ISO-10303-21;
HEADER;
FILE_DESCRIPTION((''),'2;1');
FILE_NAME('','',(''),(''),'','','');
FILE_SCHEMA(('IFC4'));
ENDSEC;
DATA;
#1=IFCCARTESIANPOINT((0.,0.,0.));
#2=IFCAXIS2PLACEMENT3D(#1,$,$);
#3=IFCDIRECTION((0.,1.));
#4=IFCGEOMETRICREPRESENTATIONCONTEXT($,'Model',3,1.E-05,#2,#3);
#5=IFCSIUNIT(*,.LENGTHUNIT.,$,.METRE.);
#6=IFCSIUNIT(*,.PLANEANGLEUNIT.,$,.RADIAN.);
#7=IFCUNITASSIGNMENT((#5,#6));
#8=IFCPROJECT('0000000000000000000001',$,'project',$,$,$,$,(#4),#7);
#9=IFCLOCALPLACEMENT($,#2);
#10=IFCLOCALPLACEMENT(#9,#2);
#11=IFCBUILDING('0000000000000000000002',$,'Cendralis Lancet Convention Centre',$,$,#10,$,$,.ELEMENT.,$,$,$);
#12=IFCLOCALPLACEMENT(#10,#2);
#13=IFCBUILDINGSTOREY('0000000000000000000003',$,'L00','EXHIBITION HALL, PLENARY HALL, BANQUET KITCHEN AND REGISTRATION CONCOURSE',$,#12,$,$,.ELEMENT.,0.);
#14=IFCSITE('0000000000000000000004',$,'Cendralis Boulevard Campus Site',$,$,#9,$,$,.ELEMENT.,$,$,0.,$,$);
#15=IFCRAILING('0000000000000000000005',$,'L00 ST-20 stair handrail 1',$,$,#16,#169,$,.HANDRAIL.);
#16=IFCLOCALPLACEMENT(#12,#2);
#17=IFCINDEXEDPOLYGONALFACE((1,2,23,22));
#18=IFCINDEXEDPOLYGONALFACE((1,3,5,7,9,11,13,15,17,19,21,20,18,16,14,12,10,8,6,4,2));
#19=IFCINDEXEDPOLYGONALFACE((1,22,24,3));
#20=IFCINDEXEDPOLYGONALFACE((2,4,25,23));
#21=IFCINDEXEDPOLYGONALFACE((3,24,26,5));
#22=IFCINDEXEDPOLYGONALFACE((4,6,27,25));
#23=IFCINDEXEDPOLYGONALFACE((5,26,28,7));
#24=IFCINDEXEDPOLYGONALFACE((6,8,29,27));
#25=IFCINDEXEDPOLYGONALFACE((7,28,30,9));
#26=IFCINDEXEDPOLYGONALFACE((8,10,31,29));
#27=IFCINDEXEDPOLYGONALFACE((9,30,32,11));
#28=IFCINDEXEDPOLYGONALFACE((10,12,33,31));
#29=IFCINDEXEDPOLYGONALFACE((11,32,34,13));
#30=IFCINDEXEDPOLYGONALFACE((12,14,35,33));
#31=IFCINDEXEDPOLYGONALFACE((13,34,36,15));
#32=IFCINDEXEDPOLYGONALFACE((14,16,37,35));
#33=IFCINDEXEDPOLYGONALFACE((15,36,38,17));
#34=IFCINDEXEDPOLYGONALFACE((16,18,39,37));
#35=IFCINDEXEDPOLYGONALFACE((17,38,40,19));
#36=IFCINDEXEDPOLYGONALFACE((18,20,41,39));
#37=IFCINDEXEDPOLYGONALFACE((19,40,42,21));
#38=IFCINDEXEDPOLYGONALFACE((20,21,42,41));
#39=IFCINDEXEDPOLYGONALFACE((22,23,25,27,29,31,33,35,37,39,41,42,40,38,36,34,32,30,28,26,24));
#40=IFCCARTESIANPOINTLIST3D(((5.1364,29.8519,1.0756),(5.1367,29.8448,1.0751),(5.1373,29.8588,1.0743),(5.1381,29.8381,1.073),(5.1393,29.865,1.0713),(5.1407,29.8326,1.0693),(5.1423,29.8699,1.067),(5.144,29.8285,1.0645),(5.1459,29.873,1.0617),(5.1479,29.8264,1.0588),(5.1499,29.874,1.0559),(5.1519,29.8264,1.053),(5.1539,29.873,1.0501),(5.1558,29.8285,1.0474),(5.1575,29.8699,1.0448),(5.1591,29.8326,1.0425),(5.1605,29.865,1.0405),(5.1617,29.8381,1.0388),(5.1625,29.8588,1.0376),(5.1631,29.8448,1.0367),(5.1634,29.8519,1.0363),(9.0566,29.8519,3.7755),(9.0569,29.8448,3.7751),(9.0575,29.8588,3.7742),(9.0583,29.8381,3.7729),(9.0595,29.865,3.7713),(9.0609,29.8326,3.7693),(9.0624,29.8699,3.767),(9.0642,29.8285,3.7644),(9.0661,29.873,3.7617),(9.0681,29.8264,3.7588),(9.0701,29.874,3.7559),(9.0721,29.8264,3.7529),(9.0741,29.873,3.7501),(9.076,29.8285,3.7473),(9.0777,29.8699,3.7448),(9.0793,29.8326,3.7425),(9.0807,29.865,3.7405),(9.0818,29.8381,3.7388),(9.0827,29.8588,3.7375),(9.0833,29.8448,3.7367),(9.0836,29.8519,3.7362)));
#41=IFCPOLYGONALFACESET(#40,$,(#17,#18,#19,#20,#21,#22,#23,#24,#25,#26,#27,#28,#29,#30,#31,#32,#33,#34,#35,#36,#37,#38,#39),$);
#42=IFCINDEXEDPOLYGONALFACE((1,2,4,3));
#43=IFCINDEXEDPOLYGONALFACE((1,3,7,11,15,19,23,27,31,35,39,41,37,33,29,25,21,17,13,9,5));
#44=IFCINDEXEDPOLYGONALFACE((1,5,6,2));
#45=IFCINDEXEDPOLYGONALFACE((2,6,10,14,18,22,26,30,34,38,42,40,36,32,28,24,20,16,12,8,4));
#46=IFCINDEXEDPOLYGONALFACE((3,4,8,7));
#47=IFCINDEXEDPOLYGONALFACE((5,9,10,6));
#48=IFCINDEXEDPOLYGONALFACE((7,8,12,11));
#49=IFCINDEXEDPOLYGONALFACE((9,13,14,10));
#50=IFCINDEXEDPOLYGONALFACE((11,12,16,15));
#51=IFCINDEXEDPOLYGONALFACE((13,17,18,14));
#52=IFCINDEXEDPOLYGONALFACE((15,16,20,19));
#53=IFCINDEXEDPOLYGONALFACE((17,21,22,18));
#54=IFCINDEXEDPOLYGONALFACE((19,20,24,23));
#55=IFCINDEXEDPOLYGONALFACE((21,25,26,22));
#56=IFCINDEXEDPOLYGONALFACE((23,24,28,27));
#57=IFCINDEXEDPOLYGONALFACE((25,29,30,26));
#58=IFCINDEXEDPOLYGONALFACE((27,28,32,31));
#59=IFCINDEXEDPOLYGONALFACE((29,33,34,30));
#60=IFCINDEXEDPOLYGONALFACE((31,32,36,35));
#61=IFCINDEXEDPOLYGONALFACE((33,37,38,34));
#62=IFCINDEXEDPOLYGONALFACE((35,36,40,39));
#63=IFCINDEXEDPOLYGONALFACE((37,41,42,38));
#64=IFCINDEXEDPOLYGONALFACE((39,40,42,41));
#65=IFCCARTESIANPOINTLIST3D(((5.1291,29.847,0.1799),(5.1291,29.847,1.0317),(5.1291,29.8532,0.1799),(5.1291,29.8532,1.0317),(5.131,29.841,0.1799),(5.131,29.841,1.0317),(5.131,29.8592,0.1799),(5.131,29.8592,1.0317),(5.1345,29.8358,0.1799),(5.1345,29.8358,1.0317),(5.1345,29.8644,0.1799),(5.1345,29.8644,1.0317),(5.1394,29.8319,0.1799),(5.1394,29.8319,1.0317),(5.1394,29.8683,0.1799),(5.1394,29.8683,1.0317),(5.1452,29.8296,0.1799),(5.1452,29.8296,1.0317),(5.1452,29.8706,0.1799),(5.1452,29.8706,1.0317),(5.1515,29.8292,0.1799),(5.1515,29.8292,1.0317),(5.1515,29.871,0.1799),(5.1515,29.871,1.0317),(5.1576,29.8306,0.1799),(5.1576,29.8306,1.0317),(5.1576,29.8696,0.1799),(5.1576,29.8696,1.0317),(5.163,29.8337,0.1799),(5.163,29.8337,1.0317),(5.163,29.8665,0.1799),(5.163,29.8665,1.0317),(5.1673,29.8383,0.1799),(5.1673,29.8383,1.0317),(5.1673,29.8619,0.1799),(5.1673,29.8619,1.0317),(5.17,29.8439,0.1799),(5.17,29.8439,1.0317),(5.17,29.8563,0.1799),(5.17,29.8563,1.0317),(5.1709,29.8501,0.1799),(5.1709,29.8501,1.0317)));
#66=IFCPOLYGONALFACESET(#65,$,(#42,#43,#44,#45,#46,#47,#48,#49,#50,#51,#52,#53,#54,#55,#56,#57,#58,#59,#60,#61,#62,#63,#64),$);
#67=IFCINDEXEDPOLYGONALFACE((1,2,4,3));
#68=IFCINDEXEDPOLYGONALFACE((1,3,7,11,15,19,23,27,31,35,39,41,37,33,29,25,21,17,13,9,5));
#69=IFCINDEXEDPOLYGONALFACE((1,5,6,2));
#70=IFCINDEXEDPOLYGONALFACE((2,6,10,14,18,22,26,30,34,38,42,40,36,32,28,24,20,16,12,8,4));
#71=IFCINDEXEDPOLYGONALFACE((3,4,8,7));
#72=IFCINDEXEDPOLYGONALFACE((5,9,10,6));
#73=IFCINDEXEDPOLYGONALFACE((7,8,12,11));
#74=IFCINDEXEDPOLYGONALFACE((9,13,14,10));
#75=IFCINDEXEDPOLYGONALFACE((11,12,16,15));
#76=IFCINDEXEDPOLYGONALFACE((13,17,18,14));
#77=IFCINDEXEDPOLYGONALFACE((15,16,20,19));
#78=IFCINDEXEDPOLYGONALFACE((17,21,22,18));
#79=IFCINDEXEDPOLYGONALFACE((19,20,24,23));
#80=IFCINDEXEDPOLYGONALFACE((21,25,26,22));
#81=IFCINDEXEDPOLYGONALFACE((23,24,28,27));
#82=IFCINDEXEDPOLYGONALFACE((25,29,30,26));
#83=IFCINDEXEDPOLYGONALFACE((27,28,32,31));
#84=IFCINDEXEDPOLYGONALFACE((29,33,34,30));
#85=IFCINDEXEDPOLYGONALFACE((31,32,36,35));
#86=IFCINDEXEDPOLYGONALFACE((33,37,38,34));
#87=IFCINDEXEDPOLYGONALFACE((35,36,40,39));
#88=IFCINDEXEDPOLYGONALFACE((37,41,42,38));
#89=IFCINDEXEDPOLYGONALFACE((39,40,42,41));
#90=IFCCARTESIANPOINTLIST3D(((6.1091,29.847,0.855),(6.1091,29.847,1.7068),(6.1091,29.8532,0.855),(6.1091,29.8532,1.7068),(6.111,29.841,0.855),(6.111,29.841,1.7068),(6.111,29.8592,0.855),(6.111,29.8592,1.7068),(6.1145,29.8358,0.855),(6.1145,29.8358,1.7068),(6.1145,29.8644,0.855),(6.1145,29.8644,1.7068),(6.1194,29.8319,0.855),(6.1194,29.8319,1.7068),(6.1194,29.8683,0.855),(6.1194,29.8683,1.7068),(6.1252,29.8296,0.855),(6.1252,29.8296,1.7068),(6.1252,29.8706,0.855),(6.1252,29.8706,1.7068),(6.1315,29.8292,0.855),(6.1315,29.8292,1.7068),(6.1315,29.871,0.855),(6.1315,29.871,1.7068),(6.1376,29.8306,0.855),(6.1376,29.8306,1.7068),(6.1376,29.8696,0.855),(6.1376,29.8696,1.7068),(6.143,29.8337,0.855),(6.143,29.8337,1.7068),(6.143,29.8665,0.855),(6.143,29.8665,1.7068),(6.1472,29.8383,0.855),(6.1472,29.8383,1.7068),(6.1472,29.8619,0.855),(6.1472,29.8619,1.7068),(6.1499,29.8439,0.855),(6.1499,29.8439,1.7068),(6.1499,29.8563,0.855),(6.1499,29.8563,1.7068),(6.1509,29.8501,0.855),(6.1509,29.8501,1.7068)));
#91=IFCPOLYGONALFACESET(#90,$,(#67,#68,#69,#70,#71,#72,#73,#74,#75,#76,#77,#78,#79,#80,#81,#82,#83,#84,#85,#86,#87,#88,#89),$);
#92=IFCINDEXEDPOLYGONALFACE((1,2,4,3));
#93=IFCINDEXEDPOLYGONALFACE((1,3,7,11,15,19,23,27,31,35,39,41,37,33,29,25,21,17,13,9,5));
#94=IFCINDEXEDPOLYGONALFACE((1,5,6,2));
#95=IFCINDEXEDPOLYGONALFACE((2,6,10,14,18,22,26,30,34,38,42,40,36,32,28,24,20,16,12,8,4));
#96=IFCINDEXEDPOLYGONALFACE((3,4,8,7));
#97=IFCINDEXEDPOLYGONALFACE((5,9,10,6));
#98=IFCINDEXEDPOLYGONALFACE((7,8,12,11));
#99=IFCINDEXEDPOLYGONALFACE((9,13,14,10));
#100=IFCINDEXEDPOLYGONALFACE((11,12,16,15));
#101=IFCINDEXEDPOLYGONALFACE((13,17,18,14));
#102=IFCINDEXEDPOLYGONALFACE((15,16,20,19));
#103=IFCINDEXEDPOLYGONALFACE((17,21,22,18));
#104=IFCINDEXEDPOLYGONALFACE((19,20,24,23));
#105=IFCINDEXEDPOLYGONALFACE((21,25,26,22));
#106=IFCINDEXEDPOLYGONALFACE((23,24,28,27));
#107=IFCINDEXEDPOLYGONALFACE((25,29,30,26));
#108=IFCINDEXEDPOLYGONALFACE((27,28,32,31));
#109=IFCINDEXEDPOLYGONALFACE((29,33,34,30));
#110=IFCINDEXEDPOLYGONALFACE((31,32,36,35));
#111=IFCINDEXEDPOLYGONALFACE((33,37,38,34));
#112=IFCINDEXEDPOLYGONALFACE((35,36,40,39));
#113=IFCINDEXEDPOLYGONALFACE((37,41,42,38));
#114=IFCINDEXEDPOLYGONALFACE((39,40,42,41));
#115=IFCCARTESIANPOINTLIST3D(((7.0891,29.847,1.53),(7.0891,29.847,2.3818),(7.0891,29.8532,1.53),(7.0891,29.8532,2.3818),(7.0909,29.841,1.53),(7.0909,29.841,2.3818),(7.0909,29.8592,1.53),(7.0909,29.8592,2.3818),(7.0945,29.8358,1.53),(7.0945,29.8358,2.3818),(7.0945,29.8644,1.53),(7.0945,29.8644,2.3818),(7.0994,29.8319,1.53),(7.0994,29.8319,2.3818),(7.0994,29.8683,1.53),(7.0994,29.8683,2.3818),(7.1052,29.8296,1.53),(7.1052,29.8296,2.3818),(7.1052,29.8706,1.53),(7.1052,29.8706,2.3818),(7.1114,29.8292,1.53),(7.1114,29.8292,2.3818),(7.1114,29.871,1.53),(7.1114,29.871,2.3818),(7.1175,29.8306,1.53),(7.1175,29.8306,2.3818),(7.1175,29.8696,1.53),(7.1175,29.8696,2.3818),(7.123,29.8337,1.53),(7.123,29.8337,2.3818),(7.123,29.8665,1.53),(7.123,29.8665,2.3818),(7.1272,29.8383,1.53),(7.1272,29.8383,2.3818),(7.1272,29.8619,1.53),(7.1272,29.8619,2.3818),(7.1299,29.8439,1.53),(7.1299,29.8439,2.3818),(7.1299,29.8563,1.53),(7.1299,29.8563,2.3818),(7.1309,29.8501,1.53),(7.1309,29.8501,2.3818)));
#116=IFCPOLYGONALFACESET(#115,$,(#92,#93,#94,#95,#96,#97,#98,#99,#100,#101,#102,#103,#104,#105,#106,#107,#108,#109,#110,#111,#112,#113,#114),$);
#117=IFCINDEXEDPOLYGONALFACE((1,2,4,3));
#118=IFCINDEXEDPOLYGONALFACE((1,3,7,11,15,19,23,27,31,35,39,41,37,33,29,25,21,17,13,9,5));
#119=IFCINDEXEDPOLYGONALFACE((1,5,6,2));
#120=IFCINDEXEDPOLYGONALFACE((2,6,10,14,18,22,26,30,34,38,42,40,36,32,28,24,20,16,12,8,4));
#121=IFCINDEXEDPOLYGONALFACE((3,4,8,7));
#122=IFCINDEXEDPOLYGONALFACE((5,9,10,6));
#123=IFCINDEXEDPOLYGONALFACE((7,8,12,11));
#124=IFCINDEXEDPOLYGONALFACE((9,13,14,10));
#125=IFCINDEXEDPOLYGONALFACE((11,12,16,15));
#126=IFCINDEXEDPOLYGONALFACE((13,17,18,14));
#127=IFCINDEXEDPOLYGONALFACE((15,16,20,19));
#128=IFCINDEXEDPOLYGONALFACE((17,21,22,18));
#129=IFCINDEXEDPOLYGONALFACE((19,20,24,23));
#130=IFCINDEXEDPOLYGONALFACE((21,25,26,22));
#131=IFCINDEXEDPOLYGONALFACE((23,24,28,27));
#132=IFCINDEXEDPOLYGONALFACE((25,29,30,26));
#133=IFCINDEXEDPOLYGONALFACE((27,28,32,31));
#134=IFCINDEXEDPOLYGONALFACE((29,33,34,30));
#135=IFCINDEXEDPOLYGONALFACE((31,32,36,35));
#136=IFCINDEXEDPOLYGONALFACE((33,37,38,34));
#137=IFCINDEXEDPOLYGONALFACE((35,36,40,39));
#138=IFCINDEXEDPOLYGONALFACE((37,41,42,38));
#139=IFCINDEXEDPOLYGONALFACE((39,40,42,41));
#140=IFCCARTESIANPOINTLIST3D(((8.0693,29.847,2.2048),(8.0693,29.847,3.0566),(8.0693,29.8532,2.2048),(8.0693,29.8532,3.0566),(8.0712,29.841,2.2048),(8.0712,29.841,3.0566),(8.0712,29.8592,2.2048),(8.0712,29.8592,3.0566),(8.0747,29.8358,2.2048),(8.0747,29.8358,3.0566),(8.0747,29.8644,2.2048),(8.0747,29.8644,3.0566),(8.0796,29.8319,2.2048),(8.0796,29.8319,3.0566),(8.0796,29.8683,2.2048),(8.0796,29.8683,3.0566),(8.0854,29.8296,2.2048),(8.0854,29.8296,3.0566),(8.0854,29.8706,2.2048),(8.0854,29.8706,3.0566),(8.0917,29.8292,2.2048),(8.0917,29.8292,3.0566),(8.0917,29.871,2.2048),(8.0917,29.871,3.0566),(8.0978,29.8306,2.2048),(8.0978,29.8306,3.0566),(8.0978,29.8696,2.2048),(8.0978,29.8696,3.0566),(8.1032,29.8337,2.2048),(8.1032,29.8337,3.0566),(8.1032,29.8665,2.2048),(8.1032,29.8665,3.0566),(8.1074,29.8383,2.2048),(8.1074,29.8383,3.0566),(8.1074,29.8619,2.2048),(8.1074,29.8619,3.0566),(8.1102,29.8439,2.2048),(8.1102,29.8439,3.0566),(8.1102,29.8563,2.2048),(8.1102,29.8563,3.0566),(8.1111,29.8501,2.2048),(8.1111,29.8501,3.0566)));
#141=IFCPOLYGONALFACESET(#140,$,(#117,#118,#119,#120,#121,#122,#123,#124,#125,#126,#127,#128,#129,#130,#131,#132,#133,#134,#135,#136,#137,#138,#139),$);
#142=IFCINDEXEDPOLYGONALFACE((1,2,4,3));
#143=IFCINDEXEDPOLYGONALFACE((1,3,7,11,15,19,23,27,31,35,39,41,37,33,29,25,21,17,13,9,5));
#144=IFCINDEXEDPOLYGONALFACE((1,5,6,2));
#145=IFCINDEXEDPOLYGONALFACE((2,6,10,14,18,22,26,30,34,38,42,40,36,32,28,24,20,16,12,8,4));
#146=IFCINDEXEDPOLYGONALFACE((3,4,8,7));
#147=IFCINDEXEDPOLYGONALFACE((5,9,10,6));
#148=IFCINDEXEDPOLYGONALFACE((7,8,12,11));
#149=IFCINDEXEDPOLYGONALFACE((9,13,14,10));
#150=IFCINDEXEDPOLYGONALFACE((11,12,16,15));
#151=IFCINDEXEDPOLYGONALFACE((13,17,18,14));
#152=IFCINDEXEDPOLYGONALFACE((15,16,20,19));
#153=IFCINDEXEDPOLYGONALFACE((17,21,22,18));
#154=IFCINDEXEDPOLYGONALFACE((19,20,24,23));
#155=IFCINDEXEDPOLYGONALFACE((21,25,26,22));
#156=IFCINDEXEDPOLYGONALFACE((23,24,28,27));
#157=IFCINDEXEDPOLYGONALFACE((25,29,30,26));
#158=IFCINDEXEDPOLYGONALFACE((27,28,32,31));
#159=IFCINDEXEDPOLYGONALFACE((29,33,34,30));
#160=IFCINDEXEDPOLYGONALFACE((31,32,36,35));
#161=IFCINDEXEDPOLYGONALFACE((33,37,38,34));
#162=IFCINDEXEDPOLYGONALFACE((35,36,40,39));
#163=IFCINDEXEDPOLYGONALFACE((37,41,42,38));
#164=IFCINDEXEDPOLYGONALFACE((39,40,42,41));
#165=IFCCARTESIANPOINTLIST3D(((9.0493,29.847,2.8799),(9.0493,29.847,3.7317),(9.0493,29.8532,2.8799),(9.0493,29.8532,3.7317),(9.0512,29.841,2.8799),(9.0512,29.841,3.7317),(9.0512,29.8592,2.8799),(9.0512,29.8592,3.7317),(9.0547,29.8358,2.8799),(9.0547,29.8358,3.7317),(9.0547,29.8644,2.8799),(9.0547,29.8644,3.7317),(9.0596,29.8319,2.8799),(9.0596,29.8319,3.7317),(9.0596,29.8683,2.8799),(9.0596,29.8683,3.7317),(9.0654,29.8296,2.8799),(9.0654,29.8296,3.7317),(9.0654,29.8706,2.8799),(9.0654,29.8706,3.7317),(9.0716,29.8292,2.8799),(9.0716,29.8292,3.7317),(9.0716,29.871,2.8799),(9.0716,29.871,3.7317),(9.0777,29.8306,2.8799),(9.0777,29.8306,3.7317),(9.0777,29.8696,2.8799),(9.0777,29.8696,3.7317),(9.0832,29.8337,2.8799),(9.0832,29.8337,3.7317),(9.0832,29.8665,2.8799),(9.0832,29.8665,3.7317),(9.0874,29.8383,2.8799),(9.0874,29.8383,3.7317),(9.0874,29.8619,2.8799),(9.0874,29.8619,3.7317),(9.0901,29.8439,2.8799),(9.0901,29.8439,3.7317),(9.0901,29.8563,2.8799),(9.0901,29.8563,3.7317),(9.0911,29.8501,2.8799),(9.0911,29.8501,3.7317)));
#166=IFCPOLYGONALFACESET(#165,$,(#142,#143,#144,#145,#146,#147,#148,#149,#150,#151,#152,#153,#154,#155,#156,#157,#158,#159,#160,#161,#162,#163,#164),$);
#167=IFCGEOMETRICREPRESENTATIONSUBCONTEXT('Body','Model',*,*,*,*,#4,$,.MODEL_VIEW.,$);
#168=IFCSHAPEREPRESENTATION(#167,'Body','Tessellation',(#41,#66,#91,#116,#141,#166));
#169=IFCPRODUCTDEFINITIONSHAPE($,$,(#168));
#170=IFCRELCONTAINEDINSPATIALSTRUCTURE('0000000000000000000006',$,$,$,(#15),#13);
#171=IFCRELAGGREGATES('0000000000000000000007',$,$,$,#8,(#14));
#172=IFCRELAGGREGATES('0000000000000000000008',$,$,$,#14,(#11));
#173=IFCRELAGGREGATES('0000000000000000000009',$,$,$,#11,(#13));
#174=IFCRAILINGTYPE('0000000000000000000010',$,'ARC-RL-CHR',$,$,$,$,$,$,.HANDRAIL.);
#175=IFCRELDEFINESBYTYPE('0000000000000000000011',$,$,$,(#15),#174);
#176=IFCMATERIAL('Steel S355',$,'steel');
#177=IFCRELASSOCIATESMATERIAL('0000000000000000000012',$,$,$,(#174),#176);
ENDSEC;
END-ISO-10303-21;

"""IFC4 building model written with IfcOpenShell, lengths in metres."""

from ifc_helpers import new_model, si_unit, direction, frame, origin, origin_2d, place, context, subcontext, project, spatial, circle, extrude, material, type_object, element, save


model = new_model("IFC4")

# Units and contexts
model_context = context("Model", 3, precision=1e-05, world=origin(), true_north=direction((0.0, 1.0)))
body_context = subcontext(model_context, "Body", "Model", "MODEL_VIEW")
ifc_project = project(units=[si_unit("LENGTHUNIT", "METRE"), si_unit("PLANEANGLEUNIT", "RADIAN")], contexts=[model_context])

# Site, building, storey
site_placement = place(None, origin())
site = spatial("IfcSite", under=ifc_project, at=site_placement, Name="Cendralis Boulevard Campus Site", CompositionType="ELEMENT", RefElevation=0.0)
building_placement = place(site_placement, origin())
building = spatial("IfcBuilding", under=site, at=building_placement, Name="Cendralis Lancet Convention Centre", CompositionType="ELEMENT")
storey_placement = place(building_placement, origin())
storey = spatial("IfcBuildingStorey", under=building, at=storey_placement, Name="L00", Description="EXHIBITION HALL, PLENARY HALL, BANQUET KITCHEN AND REGISTRATION CONCOURSE", CompositionType="ELEMENT", Elevation=0.0)

# Shared definitions
ifc_material_1 = material(Name="Steel S355", Category="steel")

# Railing
railing_type_1 = type_object("IfcRailingType", Name="ARC-RL-CHR", PredefinedType="HANDRAIL", material=ifc_material_1)
railing_1_placement = place(storey_placement, frame((5.1499, 29.8501, 0.1799)))
element("IfcRailing", 1, at=railing_1_placement, inside=storey, type_object=railing_type_1, Name="L00 ST-20 stair handrail 1", PredefinedType="HANDRAIL", context=body_context, shape_type="SweptSolid", body=[
    extrude(circle(Radius=0.0239, at=origin_2d()), frame((0.0, 0.0, 0.876), z_axis=(0.823567, 0.0, 0.567219), x_axis=(0.0, 1.0, 0.0)), (0.0, 0.0, 1.0), 4.76),
    extrude(circle(Radius=0.021, at=origin_2d()), origin(), (0.0, 0.0, 1.0), 0.8518),
    extrude(circle(Radius=0.021, at=origin_2d()), frame((0.98, 0.0, 0.675)), (0.0, 0.0, 1.0), 0.8518),
    extrude(circle(Radius=0.021, at=origin_2d()), frame((1.96, 0.0, 1.3501)), (0.0, 0.0, 1.0), 0.8518),
    extrude(circle(Radius=0.021, at=origin_2d()), frame((2.9402, 0.0, 2.0249)), (0.0, 0.0, 1.0), 0.8518),
    extrude(circle(Radius=0.021, at=origin_2d()), frame((3.9202, 0.0, 2.7)), (0.0, 0.0, 1.0), 0.8518),
])

save(model, "model.ifc")
